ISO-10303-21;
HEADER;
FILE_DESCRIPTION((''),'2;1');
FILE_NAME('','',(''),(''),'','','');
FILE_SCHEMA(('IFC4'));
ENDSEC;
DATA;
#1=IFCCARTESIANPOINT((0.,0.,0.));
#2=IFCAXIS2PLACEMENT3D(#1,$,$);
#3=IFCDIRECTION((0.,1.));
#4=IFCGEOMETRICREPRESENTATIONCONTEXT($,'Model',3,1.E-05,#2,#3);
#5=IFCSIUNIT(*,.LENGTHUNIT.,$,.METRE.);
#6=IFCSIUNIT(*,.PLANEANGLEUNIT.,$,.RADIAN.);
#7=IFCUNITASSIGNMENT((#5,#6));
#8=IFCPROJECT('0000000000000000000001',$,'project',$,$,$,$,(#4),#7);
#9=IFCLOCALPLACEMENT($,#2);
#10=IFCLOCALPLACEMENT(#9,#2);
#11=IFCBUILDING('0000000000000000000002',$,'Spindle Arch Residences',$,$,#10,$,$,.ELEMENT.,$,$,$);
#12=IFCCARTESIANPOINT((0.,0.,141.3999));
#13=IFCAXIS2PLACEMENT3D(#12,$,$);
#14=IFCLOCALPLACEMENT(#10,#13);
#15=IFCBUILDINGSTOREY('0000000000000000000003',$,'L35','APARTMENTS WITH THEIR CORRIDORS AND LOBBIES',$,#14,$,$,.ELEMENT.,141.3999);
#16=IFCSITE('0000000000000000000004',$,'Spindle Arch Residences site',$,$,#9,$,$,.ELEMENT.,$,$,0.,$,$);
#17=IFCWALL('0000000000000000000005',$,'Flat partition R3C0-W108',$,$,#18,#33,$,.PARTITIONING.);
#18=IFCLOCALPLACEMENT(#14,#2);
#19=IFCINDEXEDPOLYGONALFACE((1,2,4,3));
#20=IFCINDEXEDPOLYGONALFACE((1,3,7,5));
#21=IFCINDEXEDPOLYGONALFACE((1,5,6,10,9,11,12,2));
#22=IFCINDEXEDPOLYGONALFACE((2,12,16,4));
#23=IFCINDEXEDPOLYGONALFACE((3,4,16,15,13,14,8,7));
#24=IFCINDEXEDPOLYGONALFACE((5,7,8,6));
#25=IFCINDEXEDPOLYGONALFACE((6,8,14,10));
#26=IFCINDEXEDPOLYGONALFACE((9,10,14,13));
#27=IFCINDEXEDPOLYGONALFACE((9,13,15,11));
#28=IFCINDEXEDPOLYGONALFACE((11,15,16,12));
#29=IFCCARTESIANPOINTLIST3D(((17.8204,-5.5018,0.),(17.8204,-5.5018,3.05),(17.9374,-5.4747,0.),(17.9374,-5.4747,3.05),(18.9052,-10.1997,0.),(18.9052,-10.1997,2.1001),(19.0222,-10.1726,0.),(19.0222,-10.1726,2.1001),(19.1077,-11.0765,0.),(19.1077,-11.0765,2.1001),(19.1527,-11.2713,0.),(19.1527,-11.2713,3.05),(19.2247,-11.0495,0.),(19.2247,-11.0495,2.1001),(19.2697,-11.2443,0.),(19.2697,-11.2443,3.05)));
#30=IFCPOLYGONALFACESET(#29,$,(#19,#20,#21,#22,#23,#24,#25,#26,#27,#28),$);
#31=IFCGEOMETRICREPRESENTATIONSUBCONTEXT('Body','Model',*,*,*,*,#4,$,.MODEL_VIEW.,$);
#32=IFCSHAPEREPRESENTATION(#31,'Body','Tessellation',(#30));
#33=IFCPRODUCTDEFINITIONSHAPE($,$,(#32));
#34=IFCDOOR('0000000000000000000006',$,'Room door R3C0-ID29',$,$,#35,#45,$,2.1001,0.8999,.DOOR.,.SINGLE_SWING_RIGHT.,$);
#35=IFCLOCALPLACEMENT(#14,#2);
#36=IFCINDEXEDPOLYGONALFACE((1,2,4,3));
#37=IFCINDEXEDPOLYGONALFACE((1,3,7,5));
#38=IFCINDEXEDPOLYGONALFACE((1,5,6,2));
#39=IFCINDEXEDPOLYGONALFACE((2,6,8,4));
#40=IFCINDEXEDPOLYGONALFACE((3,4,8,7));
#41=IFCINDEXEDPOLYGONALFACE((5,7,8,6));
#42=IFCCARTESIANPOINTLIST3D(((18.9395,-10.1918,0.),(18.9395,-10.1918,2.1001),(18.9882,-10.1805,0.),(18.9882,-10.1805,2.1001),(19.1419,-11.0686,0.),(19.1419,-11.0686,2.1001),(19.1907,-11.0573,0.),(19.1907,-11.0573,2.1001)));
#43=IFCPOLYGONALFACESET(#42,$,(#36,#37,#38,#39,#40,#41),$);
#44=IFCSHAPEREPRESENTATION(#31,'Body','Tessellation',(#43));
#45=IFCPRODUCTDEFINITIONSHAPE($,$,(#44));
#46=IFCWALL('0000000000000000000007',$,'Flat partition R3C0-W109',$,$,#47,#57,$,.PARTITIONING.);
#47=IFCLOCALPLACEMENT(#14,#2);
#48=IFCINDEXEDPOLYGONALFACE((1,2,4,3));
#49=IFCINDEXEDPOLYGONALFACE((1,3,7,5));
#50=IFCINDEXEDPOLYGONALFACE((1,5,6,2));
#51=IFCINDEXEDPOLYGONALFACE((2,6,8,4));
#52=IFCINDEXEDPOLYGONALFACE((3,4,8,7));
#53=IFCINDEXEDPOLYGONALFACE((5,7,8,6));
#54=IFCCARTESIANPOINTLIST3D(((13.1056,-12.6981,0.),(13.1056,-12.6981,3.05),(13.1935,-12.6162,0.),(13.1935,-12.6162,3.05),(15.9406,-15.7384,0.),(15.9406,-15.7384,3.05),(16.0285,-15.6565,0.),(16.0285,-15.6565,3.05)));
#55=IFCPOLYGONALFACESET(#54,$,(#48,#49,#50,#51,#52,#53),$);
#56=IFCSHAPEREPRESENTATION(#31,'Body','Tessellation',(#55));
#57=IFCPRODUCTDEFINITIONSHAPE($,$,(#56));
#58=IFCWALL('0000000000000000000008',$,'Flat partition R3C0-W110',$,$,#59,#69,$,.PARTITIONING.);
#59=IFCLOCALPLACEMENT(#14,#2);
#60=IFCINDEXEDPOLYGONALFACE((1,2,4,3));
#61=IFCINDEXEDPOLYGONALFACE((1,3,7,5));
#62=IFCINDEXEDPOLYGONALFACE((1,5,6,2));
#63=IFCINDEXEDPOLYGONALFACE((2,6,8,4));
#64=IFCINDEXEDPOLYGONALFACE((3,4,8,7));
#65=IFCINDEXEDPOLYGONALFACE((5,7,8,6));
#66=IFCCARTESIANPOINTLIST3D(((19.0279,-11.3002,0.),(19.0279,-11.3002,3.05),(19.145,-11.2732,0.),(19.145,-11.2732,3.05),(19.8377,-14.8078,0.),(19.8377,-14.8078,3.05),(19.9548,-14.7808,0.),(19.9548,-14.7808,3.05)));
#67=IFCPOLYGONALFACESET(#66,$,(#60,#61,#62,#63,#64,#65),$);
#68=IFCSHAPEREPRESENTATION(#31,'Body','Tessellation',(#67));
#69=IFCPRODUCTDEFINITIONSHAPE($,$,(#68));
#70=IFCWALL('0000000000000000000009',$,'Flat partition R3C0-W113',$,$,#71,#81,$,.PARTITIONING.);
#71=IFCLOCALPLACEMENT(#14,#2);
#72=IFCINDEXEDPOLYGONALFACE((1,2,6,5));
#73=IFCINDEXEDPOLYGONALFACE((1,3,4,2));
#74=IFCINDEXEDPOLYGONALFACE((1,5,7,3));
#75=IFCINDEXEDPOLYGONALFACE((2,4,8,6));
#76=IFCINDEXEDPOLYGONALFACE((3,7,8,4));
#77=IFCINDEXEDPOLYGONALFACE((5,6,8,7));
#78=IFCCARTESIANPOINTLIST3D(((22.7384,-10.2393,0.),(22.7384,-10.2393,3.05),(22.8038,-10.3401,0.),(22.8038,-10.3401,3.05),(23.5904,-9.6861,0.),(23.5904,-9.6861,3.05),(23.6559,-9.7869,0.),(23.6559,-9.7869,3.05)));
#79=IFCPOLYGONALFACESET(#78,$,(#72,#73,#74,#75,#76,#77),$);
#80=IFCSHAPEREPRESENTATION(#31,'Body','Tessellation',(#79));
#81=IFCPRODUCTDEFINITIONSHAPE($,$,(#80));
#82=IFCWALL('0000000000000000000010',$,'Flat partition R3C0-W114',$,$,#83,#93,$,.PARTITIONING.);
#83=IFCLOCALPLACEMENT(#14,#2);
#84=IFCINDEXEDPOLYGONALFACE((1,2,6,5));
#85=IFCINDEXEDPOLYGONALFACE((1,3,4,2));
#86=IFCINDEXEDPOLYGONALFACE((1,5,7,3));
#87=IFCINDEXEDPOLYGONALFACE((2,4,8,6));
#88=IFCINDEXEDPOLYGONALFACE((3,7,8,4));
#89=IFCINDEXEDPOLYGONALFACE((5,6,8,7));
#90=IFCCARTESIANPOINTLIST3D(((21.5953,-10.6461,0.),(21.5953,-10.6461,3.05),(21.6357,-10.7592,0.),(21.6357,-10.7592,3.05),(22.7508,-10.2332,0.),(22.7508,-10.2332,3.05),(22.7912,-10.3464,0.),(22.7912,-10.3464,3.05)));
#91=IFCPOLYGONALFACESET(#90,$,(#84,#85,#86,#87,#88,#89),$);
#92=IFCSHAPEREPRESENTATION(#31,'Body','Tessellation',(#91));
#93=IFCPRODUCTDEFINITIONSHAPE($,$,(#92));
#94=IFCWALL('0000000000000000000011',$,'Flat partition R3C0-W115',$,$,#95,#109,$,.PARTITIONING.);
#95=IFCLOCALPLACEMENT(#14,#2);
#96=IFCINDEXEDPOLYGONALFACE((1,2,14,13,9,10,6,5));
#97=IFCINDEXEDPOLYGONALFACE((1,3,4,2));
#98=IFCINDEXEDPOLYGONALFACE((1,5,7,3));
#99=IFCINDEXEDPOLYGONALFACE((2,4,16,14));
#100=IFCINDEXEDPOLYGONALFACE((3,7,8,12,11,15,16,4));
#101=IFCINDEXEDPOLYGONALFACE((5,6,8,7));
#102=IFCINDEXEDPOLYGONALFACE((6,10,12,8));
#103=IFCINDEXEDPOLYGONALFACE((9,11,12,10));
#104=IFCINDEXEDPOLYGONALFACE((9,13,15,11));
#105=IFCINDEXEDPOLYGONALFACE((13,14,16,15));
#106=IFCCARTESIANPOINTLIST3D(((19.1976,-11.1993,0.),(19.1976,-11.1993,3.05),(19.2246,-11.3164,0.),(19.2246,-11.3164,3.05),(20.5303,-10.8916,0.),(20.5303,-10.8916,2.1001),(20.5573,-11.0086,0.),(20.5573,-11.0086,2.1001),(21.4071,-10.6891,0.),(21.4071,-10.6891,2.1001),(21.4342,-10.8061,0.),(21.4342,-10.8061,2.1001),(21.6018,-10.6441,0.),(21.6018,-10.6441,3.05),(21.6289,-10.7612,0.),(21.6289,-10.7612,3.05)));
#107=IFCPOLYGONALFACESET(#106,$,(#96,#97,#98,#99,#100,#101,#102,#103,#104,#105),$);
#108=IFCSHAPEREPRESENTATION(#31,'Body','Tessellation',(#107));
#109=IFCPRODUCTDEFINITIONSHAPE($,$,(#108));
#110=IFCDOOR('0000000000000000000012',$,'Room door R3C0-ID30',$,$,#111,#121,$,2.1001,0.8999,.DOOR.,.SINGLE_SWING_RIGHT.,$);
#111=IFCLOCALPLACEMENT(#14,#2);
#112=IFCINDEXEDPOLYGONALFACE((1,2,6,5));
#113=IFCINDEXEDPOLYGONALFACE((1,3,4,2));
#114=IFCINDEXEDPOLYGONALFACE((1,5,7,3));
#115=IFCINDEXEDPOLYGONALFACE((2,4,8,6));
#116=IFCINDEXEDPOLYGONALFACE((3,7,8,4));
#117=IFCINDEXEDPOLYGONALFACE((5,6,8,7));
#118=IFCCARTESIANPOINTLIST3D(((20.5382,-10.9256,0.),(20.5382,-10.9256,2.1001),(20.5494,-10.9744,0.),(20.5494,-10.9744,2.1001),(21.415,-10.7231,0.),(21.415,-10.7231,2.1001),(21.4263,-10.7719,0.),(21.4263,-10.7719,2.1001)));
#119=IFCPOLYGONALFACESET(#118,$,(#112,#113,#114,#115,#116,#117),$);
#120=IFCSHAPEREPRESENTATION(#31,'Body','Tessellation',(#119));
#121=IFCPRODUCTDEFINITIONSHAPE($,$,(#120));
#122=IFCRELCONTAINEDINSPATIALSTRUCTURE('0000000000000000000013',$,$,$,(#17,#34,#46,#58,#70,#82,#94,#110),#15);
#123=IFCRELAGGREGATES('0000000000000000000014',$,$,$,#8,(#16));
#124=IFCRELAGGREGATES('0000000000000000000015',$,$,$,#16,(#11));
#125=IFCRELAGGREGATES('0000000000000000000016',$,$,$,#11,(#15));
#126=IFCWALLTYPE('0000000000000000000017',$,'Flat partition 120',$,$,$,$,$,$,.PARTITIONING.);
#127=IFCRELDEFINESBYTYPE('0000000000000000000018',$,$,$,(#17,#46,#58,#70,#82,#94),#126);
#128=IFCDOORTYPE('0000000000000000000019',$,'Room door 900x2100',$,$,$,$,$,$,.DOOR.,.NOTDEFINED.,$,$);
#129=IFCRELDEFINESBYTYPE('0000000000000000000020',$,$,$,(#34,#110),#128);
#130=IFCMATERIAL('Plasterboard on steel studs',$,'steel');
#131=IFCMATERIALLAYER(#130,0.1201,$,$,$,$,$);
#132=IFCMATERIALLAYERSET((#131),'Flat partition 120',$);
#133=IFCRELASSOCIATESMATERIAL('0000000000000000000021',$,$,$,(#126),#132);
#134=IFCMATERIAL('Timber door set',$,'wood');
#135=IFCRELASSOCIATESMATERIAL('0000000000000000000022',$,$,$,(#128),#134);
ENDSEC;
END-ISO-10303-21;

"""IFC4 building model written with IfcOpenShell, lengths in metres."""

from ifc_helpers import new_model, si_unit, direction, frame, frame_2d, origin, place, context, subcontext, project, spatial, rectangle, extrude, material, layer, layer_set, type_object, element, fill, save


model = new_model("IFC4")

# Units and contexts
model_context = context("Model", 3, precision=1e-05, world=origin(), true_north=direction((0.0, 1.0)))
body_context = subcontext(model_context, "Body", "Model", "MODEL_VIEW")
ifc_project = project(units=[si_unit("LENGTHUNIT", "METRE"), si_unit("PLANEANGLEUNIT", "RADIAN")], contexts=[model_context])

# Site, building, storey
site_placement = place(None, origin())
site = spatial("IfcSite", under=ifc_project, at=site_placement, Name="Spindle Arch Residences site", CompositionType="ELEMENT", RefElevation=0.0)
building_placement = place(site_placement, origin())
building = spatial("IfcBuilding", under=site, at=building_placement, Name="Spindle Arch Residences", CompositionType="ELEMENT")
storey_placement = place(building_placement, frame((0.0, 0.0, 141.3999)))
storey = spatial("IfcBuildingStorey", under=building, at=storey_placement, Name="L35", Description="APARTMENTS WITH THEIR CORRIDORS AND LOBBIES", CompositionType="ELEMENT", Elevation=141.3999)

# Wall, opening, door
ifc_material_1 = material(Name="Plasterboard on steel studs", Category="steel")
ifc_layer_1 = layer(ifc_material_1, 0.1201)
ifc_layer_set_1 = layer_set([ifc_layer_1], Name="Flat partition 120")
wall_type = type_object("IfcWallType", Name="Flat partition 120", PredefinedType="PARTITIONING", material=ifc_layer_set_1)
wall_1_placement = place(storey_placement, frame((19.2112, -11.2578, 0.0), z_axis=(0.0, 0.0, 1.0), x_axis=(-0.224995, 0.97436, 0.0)))
wall_1 = element("IfcWall", 1, at=wall_1_placement, inside=storey, type_object=wall_type, Name="Flat partition R3C0-W108", PredefinedType="PARTITIONING", context=body_context, shape_type="SweptSolid", body=[
    extrude(rectangle(XDim=5.9214, YDim=0.1201, at=frame_2d((2.9607, 0.0))), origin(), (0.0, 0.0, 1.0), 3.05),
])
opening_1_placement = place(wall_1_placement, frame((0.2, 0.0, 0.0)))
opening_1 = element("IfcOpeningElement", 2, at=opening_1_placement, cuts=wall_1, PredefinedType="OPENING", context=body_context, shape_type="SweptSolid", body=[
    extrude(rectangle(XDim=0.8999, YDim=2.1001, at=frame_2d((0.45, 1.05))), frame((0.0, 0.0701, 0.0), z_axis=(0.0, -1.0, 0.0), x_axis=(1.0, 0.0, 0.0)), (0.0, 0.0, 1.0), 0.1401),
])
ifc_material_2 = material(Name="Timber door set", Category="wood")
door_type = type_object("IfcDoorType", Name="Room door 900x2100", OperationType="NOTDEFINED", PredefinedType="DOOR", material=ifc_material_2)
door_1_placement = place(opening_1_placement, origin())
door_1 = element("IfcDoor", 3, at=door_1_placement, inside=storey, type_object=door_type, Name="Room door R3C0-ID29", OperationType="SINGLE_SWING_RIGHT", OverallHeight=2.1001, OverallWidth=0.8999, PredefinedType="DOOR", context=body_context, shape_type="SweptSolid", body=[
    extrude(rectangle(XDim=0.8999, YDim=2.1001, at=frame_2d((0.45, 1.05))), frame((0.0, 0.0249, 0.0), z_axis=(0.0, -1.0, 0.0), x_axis=(1.0, 0.0, 0.0)), (0.0, 0.0, 1.0), 0.05),
])
fill(opening_1, door_1)

# Walls
wall_2_placement = place(storey_placement, frame((15.9846, -15.6975, 0.0), z_axis=(0.0, 0.0, 1.0), x_axis=(-0.681979, 0.731372, 0.0)))
element("IfcWall", 4, at=wall_2_placement, inside=storey, type_object=wall_type, Name="Flat partition R3C0-W109", PredefinedType="PARTITIONING", context=body_context, shape_type="SweptSolid", body=[
    extrude(rectangle(XDim=4.157, YDim=0.1201, at=frame_2d((2.0786, 0.0))), origin(), (0.0, 0.0, 1.0), 3.05),
])
wall_3_placement = place(storey_placement, frame((19.8962, -14.7942, 0.0), z_axis=(0.0, 0.0, 1.0), x_axis=(-0.224959, 0.974368, 0.0)))
element("IfcWall", 5, at=wall_3_placement, inside=storey, type_object=wall_type, Name="Flat partition R3C0-W110", PredefinedType="PARTITIONING", context=body_context, shape_type="SweptSolid", body=[
    extrude(rectangle(XDim=3.5999, YDim=0.1201, at=frame_2d((1.7998, 0.0))), origin(), (0.0, 0.0, 1.0), 3.05),
])
wall_4_placement = place(storey_placement, frame((23.623, -9.7366, 0.0), z_axis=(0.0, 0.0, 1.0), x_axis=(-0.838718, -0.544566, 0.0)))
element("IfcWall", 6, at=wall_4_placement, inside=storey, type_object=wall_type, Name="Flat partition R3C0-W113", PredefinedType="PARTITIONING", context=body_context, shape_type="SweptSolid", body=[
    extrude(rectangle(XDim=1.0159, YDim=0.1201, at=frame_2d((0.5078, 0.0))), origin(), (0.0, 0.0, 1.0), 3.05),
])
wall_5_placement = place(storey_placement, frame((22.771, -10.2898, 0.0), z_axis=(0.0, 0.0, 1.0), x_axis=(-0.941701, -0.33645, 0.0)))
element("IfcWall", 7, at=wall_5_placement, inside=storey, type_object=wall_type, Name="Flat partition R3C0-W114", PredefinedType="PARTITIONING", context=body_context, shape_type="SweptSolid", body=[
    extrude(rectangle(XDim=1.2271, YDim=0.1201, at=frame_2d((0.6135, 0.0))), origin(), (0.0, 0.0, 1.0), 3.05),
])

# Wall, opening, door
wall_6_placement = place(storey_placement, frame((21.6155, -10.7026, 0.0), z_axis=(0.0, 0.0, 1.0), x_axis=(-0.974361, -0.22499, 0.0)))
wall_6 = element("IfcWall", 8, at=wall_6_placement, inside=storey, type_object=wall_type, Name="Flat partition R3C0-W115", PredefinedType="PARTITIONING", context=body_context, shape_type="SweptSolid", body=[
    extrude(rectangle(XDim=2.4675, YDim=0.1201, at=frame_2d((1.2339, 0.0))), origin(), (0.0, 0.0, 1.0), 3.05),
])
opening_2_placement = place(wall_6_placement, frame((0.2, 0.0, 0.0)))
opening_2 = element("IfcOpeningElement", 9, at=opening_2_placement, cuts=wall_6, PredefinedType="OPENING", context=body_context, shape_type="SweptSolid", body=[
    extrude(rectangle(XDim=0.8999, YDim=2.1001, at=frame_2d((0.45, 1.05))), frame((0.0, 0.0701, 0.0), z_axis=(0.0, -1.0, 0.0), x_axis=(1.0, 0.0, 0.0)), (0.0, 0.0, 1.0), 0.1401),
])
door_2_placement = place(opening_2_placement, origin())
door_2 = element("IfcDoor", 10, at=door_2_placement, inside=storey, type_object=door_type, Name="Room door R3C0-ID30", OperationType="SINGLE_SWING_RIGHT", OverallHeight=2.1001, OverallWidth=0.8999, PredefinedType="DOOR", context=body_context, shape_type="SweptSolid", body=[
    extrude(rectangle(XDim=0.8999, YDim=2.1001, at=frame_2d((0.45, 1.05))), frame((0.0, 0.0249, 0.0), z_axis=(0.0, -1.0, 0.0), x_axis=(1.0, 0.0, 0.0)), (0.0, 0.0, 1.0), 0.05),
])
fill(opening_2, door_2)

save(model, "model.ifc")
